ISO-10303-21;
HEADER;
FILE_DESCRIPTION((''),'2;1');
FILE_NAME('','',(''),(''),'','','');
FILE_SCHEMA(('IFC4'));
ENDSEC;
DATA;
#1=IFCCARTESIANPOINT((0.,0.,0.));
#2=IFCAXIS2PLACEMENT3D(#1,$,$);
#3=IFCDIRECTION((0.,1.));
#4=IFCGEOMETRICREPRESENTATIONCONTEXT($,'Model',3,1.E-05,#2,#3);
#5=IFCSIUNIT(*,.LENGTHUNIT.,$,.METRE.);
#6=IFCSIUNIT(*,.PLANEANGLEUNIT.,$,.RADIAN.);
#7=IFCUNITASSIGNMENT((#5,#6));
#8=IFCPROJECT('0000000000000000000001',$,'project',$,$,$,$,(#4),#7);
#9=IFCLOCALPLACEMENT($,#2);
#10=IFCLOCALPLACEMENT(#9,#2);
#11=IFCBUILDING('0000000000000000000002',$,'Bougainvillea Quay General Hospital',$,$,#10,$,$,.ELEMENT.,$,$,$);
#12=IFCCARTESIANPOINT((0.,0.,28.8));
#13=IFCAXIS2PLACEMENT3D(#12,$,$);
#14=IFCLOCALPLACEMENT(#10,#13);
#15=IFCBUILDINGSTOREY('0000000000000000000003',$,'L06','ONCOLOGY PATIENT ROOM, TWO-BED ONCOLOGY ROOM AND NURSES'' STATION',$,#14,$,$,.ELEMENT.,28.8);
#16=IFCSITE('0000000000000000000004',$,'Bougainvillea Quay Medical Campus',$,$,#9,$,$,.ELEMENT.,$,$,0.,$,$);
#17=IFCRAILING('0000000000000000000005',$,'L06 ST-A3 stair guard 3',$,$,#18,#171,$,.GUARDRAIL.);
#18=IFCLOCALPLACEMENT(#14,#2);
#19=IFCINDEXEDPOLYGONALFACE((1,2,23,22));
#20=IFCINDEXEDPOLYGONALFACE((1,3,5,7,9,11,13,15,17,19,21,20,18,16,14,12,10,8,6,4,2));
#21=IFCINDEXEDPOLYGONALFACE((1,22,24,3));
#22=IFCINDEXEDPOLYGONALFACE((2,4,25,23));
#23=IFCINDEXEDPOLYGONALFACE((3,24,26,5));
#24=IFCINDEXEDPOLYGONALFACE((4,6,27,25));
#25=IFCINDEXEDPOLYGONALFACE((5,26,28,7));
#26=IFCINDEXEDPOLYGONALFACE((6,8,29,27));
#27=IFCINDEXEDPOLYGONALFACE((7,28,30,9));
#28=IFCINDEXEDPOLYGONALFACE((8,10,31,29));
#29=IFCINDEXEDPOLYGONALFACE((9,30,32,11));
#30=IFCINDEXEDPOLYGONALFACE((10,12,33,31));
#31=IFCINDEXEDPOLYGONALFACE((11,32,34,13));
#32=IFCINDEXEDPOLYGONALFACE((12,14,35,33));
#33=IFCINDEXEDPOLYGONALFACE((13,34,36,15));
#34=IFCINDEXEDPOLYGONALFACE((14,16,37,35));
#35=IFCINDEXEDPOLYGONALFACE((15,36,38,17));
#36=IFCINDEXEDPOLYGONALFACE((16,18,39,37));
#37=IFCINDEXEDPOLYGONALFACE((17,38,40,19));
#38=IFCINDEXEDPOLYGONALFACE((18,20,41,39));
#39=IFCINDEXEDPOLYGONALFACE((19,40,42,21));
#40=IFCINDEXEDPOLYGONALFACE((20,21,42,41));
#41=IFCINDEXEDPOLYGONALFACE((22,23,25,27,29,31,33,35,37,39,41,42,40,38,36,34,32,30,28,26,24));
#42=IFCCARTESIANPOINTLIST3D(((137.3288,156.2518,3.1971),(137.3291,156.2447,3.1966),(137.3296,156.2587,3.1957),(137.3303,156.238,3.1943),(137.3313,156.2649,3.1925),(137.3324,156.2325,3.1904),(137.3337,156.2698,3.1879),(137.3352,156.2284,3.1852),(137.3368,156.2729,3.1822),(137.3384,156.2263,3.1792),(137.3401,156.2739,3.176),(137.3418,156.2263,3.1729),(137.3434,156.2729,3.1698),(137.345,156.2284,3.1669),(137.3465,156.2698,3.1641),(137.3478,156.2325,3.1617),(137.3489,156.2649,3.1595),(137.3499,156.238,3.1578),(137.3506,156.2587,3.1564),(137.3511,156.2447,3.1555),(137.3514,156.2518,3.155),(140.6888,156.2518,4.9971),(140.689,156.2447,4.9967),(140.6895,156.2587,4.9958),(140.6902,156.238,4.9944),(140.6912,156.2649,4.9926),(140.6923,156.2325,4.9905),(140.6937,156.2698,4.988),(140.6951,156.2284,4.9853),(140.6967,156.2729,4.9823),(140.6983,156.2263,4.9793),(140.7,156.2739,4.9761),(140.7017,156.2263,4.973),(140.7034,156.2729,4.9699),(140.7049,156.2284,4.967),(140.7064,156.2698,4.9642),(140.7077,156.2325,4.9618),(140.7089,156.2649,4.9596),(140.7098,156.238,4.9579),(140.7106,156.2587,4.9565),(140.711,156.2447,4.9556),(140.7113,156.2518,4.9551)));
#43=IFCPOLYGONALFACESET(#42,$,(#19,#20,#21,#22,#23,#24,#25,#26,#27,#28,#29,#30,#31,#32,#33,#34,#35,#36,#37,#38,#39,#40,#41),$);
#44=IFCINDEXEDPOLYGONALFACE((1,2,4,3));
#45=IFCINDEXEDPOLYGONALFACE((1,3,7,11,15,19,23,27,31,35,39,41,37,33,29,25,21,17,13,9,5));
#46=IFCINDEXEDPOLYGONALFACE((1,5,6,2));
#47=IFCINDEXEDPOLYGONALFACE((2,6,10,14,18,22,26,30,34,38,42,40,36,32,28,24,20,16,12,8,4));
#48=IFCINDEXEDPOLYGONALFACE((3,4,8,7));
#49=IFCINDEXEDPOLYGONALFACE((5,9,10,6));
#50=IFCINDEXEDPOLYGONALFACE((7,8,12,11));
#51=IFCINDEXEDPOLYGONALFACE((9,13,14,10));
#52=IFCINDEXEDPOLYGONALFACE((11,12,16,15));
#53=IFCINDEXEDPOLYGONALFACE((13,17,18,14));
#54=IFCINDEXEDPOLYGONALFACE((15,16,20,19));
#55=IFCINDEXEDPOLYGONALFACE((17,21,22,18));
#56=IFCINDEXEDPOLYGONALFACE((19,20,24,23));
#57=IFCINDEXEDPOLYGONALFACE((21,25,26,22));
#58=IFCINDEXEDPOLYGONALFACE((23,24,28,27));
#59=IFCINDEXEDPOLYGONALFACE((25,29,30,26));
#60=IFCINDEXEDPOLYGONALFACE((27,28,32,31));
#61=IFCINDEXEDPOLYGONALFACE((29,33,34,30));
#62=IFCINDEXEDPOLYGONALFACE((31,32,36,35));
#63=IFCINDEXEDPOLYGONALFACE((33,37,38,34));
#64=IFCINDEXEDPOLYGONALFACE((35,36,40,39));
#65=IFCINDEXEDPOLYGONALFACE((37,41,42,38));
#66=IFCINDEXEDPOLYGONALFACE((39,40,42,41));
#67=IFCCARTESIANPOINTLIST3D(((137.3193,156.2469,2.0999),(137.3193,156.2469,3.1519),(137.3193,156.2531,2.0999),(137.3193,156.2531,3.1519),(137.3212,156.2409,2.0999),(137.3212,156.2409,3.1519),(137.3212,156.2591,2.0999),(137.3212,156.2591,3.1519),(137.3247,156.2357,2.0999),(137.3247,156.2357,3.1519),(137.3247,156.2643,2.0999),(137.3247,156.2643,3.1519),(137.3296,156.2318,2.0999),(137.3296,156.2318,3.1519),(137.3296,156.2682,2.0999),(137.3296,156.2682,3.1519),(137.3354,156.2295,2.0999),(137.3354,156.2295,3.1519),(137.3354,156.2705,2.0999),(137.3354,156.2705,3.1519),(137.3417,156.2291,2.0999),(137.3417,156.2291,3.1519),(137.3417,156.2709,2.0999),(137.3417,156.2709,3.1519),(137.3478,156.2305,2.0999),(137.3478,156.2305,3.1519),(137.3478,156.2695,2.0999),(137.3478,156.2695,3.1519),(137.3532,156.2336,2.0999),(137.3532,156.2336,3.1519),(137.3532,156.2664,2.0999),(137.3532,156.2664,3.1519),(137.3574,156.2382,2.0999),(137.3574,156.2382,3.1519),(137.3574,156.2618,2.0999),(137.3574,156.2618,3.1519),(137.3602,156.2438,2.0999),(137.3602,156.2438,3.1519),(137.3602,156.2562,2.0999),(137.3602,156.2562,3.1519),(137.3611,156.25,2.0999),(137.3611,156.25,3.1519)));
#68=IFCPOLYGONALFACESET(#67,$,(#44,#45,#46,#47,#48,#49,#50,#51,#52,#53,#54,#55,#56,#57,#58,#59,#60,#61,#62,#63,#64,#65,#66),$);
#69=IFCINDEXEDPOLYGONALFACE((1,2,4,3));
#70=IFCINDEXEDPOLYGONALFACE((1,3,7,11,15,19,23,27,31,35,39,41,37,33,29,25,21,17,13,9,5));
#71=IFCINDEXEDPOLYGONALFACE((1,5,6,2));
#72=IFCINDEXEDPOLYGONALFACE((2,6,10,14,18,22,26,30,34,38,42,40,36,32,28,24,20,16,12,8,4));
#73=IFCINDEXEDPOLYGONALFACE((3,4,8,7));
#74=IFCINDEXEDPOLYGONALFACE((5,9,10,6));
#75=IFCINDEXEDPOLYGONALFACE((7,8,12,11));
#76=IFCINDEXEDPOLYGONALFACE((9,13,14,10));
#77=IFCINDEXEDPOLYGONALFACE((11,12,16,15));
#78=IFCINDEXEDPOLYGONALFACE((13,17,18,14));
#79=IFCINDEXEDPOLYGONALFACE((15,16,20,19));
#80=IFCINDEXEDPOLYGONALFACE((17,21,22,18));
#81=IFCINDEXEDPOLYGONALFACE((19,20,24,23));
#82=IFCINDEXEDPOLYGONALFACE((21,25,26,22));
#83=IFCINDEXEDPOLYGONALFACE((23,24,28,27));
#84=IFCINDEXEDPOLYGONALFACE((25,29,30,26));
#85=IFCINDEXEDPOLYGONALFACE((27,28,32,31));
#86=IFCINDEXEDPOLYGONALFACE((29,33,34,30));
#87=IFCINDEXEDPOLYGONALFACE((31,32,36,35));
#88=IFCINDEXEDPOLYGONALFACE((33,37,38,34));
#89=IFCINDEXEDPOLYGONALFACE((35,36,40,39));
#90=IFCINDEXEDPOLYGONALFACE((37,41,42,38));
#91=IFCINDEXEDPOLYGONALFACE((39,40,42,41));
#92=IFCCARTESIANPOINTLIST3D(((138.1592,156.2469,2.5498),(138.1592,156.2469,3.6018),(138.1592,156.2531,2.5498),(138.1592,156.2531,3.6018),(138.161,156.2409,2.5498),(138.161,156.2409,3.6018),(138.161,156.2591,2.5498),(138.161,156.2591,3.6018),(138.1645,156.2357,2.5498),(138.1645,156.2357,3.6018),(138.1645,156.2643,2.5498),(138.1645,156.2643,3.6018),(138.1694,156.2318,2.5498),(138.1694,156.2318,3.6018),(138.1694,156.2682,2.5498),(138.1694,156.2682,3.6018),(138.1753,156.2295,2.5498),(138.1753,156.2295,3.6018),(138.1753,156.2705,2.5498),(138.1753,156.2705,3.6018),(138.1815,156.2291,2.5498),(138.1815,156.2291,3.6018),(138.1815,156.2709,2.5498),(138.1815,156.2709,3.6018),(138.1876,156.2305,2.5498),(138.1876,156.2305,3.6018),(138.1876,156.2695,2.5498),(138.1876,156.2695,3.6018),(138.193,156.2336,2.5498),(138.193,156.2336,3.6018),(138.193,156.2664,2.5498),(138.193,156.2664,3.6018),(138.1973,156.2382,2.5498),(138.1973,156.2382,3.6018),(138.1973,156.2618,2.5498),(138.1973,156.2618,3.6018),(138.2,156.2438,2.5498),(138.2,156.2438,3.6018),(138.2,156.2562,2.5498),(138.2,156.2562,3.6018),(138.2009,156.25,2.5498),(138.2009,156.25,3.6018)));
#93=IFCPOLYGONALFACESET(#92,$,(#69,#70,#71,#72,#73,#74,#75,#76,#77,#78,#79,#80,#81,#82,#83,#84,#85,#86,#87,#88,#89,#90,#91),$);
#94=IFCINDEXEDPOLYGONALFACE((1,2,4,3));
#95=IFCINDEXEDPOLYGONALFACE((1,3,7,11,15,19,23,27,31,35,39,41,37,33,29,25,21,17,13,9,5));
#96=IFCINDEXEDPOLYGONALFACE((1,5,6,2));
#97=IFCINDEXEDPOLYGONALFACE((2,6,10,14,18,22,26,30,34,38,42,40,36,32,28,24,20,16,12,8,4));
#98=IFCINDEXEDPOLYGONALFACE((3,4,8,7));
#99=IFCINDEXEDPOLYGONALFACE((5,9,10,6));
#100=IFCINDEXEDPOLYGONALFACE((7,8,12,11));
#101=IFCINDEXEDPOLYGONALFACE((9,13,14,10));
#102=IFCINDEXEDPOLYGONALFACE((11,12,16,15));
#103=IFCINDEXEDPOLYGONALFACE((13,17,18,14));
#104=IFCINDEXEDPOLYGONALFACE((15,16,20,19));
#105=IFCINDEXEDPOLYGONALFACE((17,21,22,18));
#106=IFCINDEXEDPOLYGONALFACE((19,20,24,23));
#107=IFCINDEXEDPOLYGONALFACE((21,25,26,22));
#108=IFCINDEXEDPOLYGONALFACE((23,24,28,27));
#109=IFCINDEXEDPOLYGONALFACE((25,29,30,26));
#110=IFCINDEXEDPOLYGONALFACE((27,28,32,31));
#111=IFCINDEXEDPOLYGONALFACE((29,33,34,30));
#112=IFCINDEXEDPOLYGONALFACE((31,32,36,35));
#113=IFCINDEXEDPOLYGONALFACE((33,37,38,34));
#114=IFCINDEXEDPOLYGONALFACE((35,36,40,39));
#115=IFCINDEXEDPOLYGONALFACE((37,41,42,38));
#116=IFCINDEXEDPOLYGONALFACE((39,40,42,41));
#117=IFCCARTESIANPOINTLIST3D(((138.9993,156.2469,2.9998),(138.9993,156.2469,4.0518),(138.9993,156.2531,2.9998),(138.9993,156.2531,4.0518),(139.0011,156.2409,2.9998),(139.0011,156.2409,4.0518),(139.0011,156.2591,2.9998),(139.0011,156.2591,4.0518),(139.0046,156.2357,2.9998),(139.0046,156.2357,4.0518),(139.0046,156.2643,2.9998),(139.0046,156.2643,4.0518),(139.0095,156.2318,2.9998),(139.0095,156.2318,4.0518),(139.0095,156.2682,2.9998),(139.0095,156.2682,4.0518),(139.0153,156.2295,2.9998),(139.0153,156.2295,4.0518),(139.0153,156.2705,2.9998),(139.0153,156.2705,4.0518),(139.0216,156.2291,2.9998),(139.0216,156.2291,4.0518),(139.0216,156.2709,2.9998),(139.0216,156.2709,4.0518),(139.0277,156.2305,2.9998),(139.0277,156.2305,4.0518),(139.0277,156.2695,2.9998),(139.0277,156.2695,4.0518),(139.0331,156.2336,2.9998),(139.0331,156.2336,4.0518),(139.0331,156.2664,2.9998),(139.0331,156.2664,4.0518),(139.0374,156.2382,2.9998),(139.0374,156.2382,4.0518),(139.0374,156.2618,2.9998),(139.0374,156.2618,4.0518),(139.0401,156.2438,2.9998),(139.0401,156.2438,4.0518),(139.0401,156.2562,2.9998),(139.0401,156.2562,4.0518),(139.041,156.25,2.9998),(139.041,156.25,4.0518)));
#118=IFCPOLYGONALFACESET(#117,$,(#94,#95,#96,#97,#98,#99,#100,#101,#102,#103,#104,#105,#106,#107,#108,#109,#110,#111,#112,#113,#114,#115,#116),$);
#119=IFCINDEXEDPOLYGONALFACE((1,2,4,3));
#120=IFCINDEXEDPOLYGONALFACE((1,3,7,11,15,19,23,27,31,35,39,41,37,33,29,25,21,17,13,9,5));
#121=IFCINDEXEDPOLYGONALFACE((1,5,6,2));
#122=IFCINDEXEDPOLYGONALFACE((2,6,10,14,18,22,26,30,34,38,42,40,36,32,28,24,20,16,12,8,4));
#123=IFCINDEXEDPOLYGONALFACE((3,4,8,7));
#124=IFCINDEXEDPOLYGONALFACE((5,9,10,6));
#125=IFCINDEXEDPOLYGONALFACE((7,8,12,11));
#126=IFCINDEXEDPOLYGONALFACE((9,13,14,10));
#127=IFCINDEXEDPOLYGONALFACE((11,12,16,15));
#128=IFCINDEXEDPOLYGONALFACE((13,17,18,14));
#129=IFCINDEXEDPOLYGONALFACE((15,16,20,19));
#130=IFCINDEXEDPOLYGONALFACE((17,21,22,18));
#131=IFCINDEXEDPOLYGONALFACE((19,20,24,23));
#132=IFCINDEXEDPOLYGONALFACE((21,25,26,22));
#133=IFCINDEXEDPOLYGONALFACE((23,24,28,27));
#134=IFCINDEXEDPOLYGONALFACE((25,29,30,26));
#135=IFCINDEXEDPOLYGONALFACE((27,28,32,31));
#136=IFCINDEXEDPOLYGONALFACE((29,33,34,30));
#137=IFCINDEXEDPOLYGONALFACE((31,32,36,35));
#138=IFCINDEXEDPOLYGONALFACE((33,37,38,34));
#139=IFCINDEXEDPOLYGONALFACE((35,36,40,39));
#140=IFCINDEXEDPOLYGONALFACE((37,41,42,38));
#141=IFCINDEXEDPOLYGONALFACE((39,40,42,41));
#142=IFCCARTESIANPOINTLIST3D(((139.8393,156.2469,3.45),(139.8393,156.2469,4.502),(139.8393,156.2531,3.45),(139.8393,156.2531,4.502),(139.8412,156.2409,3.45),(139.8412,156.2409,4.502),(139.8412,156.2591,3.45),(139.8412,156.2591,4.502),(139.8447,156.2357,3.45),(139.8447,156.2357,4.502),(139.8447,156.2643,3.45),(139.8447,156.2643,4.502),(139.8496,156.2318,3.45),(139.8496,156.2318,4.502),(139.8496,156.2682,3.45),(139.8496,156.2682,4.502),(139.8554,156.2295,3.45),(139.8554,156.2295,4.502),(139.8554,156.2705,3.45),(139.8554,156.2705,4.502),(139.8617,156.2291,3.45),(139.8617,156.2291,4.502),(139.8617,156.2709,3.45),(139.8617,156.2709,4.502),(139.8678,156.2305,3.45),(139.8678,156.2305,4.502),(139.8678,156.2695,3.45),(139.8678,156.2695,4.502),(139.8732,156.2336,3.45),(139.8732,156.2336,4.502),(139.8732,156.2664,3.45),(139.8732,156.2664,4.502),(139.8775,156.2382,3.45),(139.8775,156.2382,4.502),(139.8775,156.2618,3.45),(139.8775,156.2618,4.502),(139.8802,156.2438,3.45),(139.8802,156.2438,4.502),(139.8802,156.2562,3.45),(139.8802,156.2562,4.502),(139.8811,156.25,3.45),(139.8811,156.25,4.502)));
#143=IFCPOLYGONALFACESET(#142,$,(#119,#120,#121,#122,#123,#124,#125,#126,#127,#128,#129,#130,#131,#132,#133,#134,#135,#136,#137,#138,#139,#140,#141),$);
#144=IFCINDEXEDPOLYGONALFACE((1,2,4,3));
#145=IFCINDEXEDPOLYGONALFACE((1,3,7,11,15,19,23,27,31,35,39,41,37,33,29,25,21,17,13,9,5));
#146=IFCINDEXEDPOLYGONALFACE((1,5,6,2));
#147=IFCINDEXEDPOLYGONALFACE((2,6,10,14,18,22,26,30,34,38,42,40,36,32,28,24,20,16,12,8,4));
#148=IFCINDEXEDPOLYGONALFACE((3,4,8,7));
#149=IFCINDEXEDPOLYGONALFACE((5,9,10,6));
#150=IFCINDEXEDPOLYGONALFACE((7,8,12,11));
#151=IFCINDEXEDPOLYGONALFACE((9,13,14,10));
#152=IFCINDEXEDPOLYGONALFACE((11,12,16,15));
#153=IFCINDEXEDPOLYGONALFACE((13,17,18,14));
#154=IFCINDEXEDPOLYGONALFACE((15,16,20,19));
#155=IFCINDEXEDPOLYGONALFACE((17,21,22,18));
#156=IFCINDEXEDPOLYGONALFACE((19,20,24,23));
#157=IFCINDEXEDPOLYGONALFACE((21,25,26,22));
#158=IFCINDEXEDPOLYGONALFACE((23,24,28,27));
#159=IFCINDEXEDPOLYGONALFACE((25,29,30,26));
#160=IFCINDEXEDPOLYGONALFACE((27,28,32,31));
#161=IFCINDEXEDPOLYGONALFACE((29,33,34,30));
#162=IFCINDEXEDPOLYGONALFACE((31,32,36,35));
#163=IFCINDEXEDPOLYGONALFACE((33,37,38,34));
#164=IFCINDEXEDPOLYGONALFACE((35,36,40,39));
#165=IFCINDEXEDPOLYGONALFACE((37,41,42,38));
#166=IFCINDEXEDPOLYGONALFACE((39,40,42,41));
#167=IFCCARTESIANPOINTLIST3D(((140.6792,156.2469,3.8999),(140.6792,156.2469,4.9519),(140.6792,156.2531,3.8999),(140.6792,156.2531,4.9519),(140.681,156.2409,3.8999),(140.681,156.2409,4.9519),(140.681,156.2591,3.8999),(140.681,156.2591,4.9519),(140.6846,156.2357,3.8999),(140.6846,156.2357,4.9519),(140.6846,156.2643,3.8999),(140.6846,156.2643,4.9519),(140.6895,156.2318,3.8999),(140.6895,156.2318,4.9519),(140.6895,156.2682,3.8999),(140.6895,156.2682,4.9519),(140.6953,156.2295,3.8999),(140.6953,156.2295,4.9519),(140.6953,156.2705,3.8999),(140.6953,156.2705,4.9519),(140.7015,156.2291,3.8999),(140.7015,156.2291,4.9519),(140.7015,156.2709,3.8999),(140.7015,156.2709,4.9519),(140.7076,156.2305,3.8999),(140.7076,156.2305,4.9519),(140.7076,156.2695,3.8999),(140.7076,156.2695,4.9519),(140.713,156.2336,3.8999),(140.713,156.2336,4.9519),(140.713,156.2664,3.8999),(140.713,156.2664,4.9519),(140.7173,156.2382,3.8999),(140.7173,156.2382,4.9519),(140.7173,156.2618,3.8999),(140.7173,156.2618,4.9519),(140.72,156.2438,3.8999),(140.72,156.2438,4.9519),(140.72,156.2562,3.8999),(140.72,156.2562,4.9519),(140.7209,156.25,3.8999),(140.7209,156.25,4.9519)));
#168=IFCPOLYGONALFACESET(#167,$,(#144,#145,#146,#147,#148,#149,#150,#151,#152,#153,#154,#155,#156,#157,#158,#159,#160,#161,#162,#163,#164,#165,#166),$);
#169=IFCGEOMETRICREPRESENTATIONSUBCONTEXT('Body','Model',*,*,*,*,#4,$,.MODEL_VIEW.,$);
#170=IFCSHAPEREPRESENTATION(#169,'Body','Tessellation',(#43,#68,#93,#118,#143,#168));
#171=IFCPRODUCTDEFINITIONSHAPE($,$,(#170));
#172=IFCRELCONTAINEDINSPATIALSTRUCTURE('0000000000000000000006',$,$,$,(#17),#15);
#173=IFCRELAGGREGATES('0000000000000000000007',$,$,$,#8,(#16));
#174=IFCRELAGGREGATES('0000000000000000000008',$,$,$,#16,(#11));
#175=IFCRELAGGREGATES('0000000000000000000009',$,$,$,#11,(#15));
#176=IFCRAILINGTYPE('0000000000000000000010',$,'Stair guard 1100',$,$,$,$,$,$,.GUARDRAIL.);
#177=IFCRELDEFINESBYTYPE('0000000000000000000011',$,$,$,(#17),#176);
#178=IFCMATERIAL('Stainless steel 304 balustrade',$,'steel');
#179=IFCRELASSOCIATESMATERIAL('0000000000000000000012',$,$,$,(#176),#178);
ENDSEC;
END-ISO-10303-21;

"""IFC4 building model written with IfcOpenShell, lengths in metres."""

from ifc_helpers import new_model, si_unit, direction, frame, origin, origin_2d, place, context, subcontext, project, spatial, circle, extrude, material, type_object, element, save


model = new_model("IFC4")

# Units and contexts
model_context = context("Model", 3, precision=1e-05, world=origin(), true_north=direction((0.0, 1.0)))
body_context = subcontext(model_context, "Body", "Model", "MODEL_VIEW")
ifc_project = project(units=[si_unit("LENGTHUNIT", "METRE"), si_unit("PLANEANGLEUNIT", "RADIAN")], contexts=[model_context])

# Site, building, storey
site_placement = place(None, origin())
site = spatial("IfcSite", under=ifc_project, at=site_placement, Name="Bougainvillea Quay Medical Campus", CompositionType="ELEMENT", RefElevation=0.0)
building_placement = place(site_placement, origin())
building = spatial("IfcBuilding", under=site, at=building_placement, Name="Bougainvillea Quay General Hospital", CompositionType="ELEMENT")
storey_placement = place(building_placement, frame((0.0, 0.0, 28.8)))
storey = spatial("IfcBuildingStorey", under=building, at=storey_placement, Name="L06", Description="ONCOLOGY PATIENT ROOM, TWO-BED ONCOLOGY ROOM AND NURSES' STATION", CompositionType="ELEMENT", Elevation=28.8)

# Railing
ifc_material_1 = material(Name="Stainless steel 304 balustrade", Category="steel")
railing_type_1 = type_object("IfcRailingType", Name="Stair guard 1100", PredefinedType="GUARDRAIL", material=ifc_material_1)
railing_1_placement = place(storey_placement, frame((137.3401, 156.25, 2.0999)))
element("IfcRailing", 1, at=railing_1_placement, inside=storey, type_object=railing_type_1, Name="L06 ST-A3 stair guard 3", PredefinedType="GUARDRAIL", context=body_context, shape_type="SweptSolid", body=[
    extrude(circle(Radius=0.0239, at=origin_2d()), frame((0.0, 0.0, 1.0762), z_axis=(0.881467, 0.0, 0.472246), x_axis=(0.0, 1.0, 0.0)), (0.0, 0.0, 1.0), 3.8118),
    extrude(circle(Radius=0.021, at=origin_2d()), origin(), (0.0, 0.0, 1.0), 1.052),
    extrude(circle(Radius=0.021, at=origin_2d()), frame((0.8398, 0.0, 0.45)), (0.0, 0.0, 1.0), 1.052),
    extrude(circle(Radius=0.021, at=origin_2d()), frame((1.6799, 0.0, 0.8999)), (0.0, 0.0, 1.0), 1.052),
    extrude(circle(Radius=0.021, at=origin_2d()), frame((2.52, 0.0, 1.3501)), (0.0, 0.0, 1.0), 1.052),
    extrude(circle(Radius=0.021, at=origin_2d()), frame((3.3599, 0.0, 1.8)), (0.0, 0.0, 1.0), 1.052),
])

save(model, "model.ifc")
